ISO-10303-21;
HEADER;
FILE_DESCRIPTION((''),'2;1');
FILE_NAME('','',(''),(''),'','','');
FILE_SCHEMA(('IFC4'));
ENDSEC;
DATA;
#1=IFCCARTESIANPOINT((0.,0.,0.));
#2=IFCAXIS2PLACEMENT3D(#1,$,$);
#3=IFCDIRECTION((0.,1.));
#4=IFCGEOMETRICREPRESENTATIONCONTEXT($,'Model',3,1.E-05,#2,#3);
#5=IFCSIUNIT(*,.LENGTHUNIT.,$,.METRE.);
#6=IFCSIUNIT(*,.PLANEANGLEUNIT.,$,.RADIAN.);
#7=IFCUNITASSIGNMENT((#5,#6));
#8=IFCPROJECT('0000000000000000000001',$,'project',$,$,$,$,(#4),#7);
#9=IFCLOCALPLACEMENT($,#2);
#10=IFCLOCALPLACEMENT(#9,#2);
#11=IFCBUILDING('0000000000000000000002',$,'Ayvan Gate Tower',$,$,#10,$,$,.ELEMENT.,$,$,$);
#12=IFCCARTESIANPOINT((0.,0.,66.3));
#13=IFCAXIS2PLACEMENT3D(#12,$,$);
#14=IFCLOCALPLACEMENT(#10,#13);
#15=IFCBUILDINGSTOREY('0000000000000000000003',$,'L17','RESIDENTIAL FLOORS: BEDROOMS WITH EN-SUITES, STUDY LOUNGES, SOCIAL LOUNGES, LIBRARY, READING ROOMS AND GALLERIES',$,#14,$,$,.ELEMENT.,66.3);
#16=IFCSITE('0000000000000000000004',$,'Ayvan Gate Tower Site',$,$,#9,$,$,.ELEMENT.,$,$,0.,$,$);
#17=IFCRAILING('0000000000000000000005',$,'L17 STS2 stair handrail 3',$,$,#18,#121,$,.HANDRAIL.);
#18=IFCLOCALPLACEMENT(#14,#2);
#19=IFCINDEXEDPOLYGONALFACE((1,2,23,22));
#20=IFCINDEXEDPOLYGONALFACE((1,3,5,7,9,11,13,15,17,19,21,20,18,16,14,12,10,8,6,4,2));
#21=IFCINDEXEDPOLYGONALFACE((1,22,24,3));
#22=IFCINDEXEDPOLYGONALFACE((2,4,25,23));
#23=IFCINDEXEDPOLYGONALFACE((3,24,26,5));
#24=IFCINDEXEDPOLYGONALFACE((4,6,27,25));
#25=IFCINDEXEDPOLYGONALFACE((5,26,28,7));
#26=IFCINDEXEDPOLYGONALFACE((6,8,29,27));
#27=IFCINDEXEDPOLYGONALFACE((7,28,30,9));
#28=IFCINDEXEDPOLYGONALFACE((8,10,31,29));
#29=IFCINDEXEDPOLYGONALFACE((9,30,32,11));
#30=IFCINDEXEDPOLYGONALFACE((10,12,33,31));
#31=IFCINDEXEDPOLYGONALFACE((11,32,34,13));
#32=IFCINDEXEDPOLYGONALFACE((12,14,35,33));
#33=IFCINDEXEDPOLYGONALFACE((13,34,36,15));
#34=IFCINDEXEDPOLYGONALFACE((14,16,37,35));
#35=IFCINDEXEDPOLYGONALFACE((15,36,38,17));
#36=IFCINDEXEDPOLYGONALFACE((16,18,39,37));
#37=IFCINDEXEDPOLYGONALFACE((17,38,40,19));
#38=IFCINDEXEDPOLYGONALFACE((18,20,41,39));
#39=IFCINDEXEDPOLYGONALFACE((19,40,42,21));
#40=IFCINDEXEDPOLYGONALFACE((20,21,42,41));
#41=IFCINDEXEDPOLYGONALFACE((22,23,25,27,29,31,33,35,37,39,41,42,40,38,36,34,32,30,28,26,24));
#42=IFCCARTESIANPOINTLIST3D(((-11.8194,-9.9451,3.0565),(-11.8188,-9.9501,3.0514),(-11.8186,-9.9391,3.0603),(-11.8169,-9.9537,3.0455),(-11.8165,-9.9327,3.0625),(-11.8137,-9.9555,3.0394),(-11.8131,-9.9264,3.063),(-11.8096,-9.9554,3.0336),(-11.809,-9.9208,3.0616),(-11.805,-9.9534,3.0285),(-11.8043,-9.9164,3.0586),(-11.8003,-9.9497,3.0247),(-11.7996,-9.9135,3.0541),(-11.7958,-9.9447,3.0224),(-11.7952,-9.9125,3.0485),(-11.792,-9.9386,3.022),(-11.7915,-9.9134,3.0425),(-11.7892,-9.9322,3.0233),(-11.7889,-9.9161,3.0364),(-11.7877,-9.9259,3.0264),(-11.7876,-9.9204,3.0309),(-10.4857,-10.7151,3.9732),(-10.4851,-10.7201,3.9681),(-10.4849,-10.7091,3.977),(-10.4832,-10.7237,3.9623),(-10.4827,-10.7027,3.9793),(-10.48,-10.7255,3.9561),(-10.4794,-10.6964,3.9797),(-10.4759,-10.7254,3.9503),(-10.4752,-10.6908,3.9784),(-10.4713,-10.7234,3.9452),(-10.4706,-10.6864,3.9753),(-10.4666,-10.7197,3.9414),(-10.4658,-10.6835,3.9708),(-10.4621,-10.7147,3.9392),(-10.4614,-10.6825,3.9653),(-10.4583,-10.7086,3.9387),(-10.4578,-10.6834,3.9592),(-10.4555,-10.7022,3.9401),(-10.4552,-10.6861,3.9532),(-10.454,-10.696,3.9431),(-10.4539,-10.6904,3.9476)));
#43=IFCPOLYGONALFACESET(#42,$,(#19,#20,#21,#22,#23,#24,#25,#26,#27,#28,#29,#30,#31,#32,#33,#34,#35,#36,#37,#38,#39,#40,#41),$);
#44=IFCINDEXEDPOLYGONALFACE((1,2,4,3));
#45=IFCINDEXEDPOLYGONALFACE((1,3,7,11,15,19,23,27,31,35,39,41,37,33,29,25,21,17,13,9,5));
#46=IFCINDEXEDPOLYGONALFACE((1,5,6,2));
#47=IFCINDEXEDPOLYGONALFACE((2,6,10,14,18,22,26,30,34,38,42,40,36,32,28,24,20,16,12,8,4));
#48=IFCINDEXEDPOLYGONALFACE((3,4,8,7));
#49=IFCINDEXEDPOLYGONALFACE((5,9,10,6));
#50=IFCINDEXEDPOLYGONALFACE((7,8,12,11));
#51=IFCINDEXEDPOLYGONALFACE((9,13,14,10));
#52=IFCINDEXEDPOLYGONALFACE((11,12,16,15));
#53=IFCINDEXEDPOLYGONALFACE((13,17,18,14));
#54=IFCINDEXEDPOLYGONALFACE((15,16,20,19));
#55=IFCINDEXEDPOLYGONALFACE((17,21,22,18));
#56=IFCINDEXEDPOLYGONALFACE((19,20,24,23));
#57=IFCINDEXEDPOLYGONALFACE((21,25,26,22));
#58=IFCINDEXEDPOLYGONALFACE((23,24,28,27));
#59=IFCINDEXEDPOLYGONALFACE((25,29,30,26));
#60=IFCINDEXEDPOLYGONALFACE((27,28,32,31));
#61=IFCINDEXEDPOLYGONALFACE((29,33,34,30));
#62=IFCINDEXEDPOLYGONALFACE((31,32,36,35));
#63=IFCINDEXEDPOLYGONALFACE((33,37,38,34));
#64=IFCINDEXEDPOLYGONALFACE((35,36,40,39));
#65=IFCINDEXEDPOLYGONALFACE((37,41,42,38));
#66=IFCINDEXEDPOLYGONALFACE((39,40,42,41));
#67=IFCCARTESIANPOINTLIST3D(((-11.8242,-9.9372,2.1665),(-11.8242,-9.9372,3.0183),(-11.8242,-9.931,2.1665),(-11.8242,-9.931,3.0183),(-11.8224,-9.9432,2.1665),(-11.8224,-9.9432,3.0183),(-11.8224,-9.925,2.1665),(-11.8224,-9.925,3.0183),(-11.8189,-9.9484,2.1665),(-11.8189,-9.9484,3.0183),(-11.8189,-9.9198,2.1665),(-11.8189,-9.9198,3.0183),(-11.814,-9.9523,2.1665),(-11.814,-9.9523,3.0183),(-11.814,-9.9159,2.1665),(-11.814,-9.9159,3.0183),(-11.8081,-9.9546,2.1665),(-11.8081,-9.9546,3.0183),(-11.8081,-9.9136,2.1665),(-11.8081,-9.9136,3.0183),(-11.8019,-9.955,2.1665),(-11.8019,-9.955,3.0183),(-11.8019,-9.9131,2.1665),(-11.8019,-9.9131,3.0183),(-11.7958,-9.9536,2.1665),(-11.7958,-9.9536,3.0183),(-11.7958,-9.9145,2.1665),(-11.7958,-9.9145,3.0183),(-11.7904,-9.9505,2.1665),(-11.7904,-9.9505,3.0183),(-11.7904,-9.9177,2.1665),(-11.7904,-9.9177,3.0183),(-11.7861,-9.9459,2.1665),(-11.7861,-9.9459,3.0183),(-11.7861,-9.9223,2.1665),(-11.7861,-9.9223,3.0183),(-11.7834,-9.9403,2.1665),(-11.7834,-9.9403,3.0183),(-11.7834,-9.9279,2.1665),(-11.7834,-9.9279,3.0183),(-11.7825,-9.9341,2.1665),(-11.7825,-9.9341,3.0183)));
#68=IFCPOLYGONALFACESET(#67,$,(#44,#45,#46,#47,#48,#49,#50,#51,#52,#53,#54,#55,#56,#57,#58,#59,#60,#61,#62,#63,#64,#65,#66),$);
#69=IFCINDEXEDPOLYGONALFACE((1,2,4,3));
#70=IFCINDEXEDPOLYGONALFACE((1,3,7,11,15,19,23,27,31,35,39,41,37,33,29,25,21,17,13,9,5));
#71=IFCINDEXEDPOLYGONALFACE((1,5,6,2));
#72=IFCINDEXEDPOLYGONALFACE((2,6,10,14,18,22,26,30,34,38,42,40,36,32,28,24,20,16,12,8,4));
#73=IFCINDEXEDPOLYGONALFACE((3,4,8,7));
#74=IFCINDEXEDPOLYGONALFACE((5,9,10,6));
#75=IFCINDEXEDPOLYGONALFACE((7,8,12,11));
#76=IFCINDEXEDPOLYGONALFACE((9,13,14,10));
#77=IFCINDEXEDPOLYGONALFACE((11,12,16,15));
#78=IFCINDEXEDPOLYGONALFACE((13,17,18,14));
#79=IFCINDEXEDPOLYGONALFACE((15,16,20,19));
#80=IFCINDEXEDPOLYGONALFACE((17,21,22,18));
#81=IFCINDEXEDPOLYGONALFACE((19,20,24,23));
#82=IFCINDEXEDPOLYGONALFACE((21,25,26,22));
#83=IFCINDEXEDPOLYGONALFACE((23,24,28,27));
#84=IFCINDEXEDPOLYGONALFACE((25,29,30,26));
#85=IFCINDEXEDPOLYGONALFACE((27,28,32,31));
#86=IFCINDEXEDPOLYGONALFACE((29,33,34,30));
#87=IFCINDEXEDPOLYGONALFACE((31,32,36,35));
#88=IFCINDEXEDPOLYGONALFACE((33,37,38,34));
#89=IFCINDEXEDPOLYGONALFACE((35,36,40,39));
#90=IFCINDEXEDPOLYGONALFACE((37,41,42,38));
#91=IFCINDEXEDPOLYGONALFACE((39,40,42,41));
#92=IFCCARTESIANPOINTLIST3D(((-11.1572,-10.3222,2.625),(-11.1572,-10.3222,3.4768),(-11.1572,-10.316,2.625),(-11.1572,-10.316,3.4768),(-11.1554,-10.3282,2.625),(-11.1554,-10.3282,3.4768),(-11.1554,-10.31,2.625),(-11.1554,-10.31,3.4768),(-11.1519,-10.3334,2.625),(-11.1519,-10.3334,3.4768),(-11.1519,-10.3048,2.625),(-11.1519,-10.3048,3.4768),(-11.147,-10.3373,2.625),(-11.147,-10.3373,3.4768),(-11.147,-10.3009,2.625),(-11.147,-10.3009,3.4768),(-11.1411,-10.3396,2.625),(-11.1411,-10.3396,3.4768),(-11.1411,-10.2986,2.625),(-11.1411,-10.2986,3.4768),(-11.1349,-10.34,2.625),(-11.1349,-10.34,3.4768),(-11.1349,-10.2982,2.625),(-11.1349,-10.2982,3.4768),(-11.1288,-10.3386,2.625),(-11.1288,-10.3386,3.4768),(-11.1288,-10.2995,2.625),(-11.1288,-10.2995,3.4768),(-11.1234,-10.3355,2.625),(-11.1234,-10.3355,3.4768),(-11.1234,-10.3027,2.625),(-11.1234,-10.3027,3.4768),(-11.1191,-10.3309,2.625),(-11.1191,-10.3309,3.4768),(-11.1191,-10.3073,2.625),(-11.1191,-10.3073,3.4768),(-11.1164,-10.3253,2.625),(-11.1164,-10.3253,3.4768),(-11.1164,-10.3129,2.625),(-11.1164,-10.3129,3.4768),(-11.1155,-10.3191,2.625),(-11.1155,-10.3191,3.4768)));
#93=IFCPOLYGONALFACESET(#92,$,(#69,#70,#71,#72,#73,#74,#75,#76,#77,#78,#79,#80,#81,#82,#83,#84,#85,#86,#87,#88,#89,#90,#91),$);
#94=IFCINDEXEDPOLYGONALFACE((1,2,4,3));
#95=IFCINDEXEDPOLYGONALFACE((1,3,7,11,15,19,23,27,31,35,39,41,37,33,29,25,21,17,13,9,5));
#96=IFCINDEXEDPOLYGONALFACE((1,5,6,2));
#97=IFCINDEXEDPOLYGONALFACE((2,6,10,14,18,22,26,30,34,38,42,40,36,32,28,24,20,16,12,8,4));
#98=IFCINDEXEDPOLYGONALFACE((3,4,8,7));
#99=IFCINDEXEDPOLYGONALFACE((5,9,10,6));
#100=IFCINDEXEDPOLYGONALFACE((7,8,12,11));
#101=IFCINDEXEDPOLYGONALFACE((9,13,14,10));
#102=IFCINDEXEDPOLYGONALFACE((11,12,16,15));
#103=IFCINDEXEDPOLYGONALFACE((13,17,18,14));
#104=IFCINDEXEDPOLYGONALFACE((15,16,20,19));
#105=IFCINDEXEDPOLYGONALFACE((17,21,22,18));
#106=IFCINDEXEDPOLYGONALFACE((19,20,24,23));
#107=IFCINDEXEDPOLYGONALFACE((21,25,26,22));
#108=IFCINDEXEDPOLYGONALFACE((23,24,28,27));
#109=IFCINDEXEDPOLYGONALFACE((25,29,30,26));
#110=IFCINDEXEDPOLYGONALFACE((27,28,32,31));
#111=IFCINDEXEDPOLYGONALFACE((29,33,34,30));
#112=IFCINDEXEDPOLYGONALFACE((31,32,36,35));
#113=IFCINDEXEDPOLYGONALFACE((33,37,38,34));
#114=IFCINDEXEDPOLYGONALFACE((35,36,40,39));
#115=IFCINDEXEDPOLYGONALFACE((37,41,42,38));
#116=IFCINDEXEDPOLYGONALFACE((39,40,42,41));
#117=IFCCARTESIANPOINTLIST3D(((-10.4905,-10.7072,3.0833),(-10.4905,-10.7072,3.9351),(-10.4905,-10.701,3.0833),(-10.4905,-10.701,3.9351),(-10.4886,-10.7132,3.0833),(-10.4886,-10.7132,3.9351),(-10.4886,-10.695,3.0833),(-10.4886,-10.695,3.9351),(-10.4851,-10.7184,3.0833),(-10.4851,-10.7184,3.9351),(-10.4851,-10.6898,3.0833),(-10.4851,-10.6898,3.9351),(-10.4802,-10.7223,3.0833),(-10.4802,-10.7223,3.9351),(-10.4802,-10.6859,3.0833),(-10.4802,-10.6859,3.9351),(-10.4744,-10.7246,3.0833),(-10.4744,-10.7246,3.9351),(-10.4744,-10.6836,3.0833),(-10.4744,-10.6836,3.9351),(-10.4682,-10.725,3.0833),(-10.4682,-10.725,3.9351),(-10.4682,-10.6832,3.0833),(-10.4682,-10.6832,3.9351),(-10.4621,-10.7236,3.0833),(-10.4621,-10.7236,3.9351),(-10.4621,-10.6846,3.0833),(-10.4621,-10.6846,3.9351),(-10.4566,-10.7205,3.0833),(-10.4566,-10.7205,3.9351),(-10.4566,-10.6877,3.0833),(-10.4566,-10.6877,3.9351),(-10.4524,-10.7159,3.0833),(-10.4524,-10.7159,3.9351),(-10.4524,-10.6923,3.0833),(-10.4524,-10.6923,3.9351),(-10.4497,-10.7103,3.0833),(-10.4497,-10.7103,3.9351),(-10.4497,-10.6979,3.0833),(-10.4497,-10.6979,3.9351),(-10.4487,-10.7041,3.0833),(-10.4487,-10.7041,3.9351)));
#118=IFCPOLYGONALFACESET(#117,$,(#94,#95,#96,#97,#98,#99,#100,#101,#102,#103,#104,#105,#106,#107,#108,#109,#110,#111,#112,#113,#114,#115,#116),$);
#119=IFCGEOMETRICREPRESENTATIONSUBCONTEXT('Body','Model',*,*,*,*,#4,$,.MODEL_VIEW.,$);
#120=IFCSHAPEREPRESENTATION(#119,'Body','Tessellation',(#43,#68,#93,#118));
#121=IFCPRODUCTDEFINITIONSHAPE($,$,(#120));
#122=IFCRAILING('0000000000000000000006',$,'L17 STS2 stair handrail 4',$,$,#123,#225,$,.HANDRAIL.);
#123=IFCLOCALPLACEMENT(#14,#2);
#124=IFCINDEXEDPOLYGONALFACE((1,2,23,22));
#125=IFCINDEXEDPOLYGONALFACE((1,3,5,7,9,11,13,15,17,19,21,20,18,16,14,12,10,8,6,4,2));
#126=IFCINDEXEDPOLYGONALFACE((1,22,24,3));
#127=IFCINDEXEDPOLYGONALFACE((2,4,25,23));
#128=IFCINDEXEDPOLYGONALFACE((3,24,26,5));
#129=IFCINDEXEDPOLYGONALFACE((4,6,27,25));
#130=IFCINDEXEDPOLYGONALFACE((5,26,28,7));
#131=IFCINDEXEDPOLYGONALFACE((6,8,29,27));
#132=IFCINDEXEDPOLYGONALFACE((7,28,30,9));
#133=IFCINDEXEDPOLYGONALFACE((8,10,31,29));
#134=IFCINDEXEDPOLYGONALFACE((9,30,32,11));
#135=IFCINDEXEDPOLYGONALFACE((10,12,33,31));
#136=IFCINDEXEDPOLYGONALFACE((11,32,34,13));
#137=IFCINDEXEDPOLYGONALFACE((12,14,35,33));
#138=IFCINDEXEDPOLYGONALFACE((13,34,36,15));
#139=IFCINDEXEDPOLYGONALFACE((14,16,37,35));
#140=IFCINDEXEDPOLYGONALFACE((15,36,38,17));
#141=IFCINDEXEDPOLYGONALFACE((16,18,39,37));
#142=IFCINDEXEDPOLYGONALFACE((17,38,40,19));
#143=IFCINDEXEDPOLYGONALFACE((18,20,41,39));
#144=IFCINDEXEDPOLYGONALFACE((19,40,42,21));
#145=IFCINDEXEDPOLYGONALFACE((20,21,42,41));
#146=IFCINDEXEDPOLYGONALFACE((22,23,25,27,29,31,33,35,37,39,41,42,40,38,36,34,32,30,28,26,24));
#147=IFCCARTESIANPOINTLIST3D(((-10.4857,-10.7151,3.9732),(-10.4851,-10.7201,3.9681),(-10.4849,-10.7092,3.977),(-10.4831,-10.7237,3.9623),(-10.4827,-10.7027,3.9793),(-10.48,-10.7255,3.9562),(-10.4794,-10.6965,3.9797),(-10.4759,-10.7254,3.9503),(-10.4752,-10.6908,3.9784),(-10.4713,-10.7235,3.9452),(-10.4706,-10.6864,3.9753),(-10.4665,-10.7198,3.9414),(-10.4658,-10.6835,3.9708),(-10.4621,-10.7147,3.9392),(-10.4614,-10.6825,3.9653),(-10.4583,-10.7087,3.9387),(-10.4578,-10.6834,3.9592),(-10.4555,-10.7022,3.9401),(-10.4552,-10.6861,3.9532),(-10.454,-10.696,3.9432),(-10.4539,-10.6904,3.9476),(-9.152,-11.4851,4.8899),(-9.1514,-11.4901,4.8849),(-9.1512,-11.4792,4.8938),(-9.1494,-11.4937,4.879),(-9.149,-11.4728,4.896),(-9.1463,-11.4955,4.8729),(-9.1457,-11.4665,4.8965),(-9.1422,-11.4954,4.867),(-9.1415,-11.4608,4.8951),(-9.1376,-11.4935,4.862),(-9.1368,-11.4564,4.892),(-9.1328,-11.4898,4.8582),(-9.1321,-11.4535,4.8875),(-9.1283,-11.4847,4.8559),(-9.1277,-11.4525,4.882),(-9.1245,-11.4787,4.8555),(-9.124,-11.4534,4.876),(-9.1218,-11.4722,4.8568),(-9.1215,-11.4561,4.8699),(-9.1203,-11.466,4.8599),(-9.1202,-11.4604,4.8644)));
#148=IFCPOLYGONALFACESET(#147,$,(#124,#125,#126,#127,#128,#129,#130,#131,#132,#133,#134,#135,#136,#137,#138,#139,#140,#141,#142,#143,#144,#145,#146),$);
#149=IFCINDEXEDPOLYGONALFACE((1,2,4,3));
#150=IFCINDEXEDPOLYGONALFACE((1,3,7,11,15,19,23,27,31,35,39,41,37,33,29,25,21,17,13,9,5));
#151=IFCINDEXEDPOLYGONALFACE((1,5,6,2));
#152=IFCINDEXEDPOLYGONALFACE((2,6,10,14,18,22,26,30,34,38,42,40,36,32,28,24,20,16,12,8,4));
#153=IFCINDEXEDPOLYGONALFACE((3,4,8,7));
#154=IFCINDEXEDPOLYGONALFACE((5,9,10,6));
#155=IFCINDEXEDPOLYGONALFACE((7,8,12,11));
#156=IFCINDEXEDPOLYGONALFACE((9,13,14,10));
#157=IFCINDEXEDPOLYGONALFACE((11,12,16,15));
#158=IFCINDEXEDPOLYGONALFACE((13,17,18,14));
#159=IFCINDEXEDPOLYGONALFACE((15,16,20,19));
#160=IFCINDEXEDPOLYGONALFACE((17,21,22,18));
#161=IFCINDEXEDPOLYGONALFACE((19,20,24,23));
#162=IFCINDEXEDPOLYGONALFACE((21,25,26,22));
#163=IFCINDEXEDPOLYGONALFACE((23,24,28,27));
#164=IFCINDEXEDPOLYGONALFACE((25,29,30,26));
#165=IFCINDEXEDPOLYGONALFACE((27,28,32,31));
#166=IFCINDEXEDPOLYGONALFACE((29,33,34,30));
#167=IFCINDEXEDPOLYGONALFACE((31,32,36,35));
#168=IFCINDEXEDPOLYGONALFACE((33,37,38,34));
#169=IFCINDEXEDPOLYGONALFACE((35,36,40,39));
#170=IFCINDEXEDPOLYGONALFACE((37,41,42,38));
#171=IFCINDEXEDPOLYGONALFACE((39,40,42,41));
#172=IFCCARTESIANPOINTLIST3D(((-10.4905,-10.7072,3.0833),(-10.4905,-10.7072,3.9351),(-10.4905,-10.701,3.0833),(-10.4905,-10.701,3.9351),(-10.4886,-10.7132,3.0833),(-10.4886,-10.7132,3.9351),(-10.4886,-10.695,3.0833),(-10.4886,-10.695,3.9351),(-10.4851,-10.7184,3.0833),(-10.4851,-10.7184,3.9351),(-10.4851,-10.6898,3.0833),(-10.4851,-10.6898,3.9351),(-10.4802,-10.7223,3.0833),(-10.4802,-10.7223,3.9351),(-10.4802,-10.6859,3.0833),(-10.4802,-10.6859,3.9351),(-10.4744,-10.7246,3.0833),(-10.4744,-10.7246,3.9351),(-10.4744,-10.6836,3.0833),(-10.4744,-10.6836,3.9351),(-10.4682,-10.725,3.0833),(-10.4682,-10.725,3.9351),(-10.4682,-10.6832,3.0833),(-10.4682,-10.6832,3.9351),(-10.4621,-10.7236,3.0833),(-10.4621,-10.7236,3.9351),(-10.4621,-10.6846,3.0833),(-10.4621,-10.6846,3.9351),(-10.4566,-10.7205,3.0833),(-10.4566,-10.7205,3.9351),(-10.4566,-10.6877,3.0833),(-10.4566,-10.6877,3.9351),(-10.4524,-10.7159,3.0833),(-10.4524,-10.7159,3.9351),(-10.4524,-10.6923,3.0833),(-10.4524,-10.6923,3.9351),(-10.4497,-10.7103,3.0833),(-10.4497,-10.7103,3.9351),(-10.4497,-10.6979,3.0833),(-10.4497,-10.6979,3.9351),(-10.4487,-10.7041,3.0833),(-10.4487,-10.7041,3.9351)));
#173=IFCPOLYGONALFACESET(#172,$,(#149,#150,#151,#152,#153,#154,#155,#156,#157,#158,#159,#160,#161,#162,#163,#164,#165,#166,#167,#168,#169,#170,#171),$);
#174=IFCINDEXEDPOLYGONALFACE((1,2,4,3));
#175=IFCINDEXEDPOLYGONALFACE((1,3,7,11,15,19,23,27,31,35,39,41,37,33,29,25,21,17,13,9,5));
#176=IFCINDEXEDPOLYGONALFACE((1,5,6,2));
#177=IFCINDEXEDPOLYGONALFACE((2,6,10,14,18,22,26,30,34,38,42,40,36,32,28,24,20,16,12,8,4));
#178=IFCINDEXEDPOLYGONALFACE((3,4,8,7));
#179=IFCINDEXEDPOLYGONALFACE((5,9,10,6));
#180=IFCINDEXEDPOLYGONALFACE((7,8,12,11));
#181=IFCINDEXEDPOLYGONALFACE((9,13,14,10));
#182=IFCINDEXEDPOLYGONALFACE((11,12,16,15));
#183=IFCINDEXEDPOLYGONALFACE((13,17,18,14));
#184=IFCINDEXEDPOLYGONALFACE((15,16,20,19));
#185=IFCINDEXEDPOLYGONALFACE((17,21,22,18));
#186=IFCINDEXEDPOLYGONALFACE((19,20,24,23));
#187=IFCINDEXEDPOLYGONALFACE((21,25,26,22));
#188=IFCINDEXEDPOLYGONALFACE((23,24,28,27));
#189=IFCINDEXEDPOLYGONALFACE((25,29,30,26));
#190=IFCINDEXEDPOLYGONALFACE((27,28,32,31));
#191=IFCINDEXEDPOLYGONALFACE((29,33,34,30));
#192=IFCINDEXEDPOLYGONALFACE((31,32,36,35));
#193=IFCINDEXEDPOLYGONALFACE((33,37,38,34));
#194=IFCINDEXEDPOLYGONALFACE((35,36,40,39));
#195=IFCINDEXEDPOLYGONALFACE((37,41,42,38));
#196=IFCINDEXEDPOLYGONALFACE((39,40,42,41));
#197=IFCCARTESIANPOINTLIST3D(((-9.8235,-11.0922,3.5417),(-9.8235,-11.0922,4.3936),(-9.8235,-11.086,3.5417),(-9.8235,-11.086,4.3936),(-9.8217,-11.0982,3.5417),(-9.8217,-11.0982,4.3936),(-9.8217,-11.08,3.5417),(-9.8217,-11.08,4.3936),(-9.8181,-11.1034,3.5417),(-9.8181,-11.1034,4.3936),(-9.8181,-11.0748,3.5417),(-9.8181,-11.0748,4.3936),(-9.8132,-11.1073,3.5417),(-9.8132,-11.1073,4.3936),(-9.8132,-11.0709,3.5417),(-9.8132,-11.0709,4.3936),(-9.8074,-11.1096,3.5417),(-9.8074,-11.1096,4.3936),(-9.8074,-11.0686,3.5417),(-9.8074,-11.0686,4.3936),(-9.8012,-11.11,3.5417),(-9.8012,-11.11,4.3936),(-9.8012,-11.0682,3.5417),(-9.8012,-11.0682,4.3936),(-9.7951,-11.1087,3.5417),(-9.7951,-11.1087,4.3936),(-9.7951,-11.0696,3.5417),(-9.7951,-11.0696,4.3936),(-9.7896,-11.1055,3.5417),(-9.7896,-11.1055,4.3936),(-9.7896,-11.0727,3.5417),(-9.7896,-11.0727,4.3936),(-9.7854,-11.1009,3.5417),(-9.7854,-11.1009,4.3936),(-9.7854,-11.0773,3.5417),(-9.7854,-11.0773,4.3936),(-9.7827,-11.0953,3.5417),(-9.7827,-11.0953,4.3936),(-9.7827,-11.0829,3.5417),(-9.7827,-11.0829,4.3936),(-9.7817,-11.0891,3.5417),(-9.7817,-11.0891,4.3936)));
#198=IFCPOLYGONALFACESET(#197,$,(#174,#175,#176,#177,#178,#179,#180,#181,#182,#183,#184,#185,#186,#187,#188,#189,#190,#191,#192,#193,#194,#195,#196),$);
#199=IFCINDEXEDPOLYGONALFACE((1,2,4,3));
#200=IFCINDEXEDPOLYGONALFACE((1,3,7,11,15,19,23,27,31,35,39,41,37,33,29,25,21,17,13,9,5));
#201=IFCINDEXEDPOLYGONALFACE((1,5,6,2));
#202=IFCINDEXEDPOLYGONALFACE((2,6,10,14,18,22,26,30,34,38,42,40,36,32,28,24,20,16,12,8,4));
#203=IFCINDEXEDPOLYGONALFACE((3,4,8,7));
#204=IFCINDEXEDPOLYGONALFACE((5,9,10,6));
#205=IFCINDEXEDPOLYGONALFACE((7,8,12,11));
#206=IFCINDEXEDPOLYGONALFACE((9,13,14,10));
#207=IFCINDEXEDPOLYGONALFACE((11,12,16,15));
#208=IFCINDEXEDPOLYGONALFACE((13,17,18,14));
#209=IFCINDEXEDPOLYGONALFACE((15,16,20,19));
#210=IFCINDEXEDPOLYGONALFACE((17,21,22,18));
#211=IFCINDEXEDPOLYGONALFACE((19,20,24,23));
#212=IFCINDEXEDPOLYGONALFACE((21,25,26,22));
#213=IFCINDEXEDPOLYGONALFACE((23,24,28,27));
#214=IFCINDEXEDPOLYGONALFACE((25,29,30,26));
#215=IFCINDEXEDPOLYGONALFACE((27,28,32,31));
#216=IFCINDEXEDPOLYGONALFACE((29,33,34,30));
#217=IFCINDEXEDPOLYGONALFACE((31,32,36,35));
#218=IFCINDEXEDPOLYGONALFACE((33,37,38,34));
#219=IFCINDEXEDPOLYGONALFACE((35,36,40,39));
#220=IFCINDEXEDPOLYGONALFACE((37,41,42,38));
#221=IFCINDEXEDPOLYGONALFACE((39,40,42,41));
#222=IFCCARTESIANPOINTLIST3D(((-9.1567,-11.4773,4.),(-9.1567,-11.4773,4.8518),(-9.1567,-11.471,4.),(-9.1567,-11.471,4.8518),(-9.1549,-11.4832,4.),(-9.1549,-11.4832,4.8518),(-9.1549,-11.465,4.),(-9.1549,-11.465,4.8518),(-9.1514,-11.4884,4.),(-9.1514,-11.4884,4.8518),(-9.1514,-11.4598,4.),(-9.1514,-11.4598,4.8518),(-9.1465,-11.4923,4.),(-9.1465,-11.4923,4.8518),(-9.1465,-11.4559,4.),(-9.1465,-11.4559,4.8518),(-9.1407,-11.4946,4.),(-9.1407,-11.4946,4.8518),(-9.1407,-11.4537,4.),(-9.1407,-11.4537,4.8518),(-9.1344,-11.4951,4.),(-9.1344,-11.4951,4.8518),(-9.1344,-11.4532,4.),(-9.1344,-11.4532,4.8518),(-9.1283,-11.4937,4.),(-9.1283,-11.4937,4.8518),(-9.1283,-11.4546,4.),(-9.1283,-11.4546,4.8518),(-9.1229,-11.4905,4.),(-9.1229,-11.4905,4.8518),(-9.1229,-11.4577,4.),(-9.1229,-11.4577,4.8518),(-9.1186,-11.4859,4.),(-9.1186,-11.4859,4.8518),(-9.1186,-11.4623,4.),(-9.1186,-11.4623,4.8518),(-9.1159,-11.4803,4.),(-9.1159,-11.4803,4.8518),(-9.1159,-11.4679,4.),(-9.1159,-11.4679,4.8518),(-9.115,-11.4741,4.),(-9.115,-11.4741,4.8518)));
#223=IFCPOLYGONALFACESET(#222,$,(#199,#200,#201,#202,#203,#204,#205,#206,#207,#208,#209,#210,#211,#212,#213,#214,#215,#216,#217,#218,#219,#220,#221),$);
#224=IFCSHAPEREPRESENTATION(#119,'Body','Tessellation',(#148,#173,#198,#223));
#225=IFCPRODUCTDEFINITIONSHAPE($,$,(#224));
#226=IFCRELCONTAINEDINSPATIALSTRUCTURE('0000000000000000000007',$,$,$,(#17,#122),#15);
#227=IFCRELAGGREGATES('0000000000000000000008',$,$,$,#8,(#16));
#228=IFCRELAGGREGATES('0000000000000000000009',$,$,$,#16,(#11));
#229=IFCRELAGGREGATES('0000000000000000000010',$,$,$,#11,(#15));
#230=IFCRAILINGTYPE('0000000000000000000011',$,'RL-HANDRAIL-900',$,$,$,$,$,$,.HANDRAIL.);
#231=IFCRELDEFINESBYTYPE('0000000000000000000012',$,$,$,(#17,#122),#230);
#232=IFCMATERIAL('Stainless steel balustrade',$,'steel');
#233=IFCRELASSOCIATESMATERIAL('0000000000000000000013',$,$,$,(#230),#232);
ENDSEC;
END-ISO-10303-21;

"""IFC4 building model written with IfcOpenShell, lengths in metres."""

from ifc_helpers import new_model, si_unit, direction, frame, origin, origin_2d, place, context, subcontext, project, spatial, circle, extrude, material, type_object, element, save


model = new_model("IFC4")

# Units and contexts
model_context = context("Model", 3, precision=1e-05, world=origin(), true_north=direction((0.0, 1.0)))
body_context = subcontext(model_context, "Body", "Model", "MODEL_VIEW")
ifc_project = project(units=[si_unit("LENGTHUNIT", "METRE"), si_unit("PLANEANGLEUNIT", "RADIAN")], contexts=[model_context])

# Site, building, storey
site_placement = place(None, origin())
site = spatial("IfcSite", under=ifc_project, at=site_placement, Name="Ayvan Gate Tower Site", CompositionType="ELEMENT", RefElevation=0.0)
building_placement = place(site_placement, origin())
building = spatial("IfcBuilding", under=site, at=building_placement, Name="Ayvan Gate Tower", CompositionType="ELEMENT")
storey_placement = place(building_placement, frame((0.0, 0.0, 66.3)))
storey = spatial("IfcBuildingStorey", under=building, at=storey_placement, Name="L17", Description="RESIDENTIAL FLOORS: BEDROOMS WITH EN-SUITES, STUDY LOUNGES, SOCIAL LOUNGES, LIBRARY, READING ROOMS AND GALLERIES", CompositionType="ELEMENT", Elevation=66.3)

# Railings
ifc_material_1 = material(Name="Stainless steel balustrade", Category="steel")
railing_type_1 = type_object("IfcRailingType", Name="RL-HANDRAIL-900", PredefinedType="HANDRAIL", material=ifc_material_1)
for number, where, name in (
    (1, (-11.8035, -9.9341, 2.1665), "L17 STS2 stair handrail 3"),
    (2, (-10.4697, -10.7041, 3.0833), "L17 STS2 stair handrail 4"),
):
    element("IfcRailing", number, at=place(storey_placement, frame(where)), inside=storey, type_object=railing_type_1, Name=name, PredefinedType="HANDRAIL", context=body_context, shape_type="SweptSolid", body=[
        extrude(circle(Radius=0.0239, at=origin_2d()), frame((0.0, 0.0, 0.876), z_axis=(0.744164, -0.429634, 0.511502), x_axis=(0.499992, 0.86603, 0.0)), (0.0, 0.0, 1.0), 1.7922),
        extrude(circle(Radius=0.021, at=origin_2d()), origin(), (0.0, 0.0, 1.0), 0.8518),
        extrude(circle(Radius=0.021, at=origin_2d()), frame((0.667, -0.385, 0.4585)), (0.0, 0.0, 1.0), 0.8518),
        extrude(circle(Radius=0.021, at=origin_2d()), frame((1.3337, -0.77, 0.9167)), (0.0, 0.0, 1.0), 0.8518),
    ])

save(model, "model.ifc")
